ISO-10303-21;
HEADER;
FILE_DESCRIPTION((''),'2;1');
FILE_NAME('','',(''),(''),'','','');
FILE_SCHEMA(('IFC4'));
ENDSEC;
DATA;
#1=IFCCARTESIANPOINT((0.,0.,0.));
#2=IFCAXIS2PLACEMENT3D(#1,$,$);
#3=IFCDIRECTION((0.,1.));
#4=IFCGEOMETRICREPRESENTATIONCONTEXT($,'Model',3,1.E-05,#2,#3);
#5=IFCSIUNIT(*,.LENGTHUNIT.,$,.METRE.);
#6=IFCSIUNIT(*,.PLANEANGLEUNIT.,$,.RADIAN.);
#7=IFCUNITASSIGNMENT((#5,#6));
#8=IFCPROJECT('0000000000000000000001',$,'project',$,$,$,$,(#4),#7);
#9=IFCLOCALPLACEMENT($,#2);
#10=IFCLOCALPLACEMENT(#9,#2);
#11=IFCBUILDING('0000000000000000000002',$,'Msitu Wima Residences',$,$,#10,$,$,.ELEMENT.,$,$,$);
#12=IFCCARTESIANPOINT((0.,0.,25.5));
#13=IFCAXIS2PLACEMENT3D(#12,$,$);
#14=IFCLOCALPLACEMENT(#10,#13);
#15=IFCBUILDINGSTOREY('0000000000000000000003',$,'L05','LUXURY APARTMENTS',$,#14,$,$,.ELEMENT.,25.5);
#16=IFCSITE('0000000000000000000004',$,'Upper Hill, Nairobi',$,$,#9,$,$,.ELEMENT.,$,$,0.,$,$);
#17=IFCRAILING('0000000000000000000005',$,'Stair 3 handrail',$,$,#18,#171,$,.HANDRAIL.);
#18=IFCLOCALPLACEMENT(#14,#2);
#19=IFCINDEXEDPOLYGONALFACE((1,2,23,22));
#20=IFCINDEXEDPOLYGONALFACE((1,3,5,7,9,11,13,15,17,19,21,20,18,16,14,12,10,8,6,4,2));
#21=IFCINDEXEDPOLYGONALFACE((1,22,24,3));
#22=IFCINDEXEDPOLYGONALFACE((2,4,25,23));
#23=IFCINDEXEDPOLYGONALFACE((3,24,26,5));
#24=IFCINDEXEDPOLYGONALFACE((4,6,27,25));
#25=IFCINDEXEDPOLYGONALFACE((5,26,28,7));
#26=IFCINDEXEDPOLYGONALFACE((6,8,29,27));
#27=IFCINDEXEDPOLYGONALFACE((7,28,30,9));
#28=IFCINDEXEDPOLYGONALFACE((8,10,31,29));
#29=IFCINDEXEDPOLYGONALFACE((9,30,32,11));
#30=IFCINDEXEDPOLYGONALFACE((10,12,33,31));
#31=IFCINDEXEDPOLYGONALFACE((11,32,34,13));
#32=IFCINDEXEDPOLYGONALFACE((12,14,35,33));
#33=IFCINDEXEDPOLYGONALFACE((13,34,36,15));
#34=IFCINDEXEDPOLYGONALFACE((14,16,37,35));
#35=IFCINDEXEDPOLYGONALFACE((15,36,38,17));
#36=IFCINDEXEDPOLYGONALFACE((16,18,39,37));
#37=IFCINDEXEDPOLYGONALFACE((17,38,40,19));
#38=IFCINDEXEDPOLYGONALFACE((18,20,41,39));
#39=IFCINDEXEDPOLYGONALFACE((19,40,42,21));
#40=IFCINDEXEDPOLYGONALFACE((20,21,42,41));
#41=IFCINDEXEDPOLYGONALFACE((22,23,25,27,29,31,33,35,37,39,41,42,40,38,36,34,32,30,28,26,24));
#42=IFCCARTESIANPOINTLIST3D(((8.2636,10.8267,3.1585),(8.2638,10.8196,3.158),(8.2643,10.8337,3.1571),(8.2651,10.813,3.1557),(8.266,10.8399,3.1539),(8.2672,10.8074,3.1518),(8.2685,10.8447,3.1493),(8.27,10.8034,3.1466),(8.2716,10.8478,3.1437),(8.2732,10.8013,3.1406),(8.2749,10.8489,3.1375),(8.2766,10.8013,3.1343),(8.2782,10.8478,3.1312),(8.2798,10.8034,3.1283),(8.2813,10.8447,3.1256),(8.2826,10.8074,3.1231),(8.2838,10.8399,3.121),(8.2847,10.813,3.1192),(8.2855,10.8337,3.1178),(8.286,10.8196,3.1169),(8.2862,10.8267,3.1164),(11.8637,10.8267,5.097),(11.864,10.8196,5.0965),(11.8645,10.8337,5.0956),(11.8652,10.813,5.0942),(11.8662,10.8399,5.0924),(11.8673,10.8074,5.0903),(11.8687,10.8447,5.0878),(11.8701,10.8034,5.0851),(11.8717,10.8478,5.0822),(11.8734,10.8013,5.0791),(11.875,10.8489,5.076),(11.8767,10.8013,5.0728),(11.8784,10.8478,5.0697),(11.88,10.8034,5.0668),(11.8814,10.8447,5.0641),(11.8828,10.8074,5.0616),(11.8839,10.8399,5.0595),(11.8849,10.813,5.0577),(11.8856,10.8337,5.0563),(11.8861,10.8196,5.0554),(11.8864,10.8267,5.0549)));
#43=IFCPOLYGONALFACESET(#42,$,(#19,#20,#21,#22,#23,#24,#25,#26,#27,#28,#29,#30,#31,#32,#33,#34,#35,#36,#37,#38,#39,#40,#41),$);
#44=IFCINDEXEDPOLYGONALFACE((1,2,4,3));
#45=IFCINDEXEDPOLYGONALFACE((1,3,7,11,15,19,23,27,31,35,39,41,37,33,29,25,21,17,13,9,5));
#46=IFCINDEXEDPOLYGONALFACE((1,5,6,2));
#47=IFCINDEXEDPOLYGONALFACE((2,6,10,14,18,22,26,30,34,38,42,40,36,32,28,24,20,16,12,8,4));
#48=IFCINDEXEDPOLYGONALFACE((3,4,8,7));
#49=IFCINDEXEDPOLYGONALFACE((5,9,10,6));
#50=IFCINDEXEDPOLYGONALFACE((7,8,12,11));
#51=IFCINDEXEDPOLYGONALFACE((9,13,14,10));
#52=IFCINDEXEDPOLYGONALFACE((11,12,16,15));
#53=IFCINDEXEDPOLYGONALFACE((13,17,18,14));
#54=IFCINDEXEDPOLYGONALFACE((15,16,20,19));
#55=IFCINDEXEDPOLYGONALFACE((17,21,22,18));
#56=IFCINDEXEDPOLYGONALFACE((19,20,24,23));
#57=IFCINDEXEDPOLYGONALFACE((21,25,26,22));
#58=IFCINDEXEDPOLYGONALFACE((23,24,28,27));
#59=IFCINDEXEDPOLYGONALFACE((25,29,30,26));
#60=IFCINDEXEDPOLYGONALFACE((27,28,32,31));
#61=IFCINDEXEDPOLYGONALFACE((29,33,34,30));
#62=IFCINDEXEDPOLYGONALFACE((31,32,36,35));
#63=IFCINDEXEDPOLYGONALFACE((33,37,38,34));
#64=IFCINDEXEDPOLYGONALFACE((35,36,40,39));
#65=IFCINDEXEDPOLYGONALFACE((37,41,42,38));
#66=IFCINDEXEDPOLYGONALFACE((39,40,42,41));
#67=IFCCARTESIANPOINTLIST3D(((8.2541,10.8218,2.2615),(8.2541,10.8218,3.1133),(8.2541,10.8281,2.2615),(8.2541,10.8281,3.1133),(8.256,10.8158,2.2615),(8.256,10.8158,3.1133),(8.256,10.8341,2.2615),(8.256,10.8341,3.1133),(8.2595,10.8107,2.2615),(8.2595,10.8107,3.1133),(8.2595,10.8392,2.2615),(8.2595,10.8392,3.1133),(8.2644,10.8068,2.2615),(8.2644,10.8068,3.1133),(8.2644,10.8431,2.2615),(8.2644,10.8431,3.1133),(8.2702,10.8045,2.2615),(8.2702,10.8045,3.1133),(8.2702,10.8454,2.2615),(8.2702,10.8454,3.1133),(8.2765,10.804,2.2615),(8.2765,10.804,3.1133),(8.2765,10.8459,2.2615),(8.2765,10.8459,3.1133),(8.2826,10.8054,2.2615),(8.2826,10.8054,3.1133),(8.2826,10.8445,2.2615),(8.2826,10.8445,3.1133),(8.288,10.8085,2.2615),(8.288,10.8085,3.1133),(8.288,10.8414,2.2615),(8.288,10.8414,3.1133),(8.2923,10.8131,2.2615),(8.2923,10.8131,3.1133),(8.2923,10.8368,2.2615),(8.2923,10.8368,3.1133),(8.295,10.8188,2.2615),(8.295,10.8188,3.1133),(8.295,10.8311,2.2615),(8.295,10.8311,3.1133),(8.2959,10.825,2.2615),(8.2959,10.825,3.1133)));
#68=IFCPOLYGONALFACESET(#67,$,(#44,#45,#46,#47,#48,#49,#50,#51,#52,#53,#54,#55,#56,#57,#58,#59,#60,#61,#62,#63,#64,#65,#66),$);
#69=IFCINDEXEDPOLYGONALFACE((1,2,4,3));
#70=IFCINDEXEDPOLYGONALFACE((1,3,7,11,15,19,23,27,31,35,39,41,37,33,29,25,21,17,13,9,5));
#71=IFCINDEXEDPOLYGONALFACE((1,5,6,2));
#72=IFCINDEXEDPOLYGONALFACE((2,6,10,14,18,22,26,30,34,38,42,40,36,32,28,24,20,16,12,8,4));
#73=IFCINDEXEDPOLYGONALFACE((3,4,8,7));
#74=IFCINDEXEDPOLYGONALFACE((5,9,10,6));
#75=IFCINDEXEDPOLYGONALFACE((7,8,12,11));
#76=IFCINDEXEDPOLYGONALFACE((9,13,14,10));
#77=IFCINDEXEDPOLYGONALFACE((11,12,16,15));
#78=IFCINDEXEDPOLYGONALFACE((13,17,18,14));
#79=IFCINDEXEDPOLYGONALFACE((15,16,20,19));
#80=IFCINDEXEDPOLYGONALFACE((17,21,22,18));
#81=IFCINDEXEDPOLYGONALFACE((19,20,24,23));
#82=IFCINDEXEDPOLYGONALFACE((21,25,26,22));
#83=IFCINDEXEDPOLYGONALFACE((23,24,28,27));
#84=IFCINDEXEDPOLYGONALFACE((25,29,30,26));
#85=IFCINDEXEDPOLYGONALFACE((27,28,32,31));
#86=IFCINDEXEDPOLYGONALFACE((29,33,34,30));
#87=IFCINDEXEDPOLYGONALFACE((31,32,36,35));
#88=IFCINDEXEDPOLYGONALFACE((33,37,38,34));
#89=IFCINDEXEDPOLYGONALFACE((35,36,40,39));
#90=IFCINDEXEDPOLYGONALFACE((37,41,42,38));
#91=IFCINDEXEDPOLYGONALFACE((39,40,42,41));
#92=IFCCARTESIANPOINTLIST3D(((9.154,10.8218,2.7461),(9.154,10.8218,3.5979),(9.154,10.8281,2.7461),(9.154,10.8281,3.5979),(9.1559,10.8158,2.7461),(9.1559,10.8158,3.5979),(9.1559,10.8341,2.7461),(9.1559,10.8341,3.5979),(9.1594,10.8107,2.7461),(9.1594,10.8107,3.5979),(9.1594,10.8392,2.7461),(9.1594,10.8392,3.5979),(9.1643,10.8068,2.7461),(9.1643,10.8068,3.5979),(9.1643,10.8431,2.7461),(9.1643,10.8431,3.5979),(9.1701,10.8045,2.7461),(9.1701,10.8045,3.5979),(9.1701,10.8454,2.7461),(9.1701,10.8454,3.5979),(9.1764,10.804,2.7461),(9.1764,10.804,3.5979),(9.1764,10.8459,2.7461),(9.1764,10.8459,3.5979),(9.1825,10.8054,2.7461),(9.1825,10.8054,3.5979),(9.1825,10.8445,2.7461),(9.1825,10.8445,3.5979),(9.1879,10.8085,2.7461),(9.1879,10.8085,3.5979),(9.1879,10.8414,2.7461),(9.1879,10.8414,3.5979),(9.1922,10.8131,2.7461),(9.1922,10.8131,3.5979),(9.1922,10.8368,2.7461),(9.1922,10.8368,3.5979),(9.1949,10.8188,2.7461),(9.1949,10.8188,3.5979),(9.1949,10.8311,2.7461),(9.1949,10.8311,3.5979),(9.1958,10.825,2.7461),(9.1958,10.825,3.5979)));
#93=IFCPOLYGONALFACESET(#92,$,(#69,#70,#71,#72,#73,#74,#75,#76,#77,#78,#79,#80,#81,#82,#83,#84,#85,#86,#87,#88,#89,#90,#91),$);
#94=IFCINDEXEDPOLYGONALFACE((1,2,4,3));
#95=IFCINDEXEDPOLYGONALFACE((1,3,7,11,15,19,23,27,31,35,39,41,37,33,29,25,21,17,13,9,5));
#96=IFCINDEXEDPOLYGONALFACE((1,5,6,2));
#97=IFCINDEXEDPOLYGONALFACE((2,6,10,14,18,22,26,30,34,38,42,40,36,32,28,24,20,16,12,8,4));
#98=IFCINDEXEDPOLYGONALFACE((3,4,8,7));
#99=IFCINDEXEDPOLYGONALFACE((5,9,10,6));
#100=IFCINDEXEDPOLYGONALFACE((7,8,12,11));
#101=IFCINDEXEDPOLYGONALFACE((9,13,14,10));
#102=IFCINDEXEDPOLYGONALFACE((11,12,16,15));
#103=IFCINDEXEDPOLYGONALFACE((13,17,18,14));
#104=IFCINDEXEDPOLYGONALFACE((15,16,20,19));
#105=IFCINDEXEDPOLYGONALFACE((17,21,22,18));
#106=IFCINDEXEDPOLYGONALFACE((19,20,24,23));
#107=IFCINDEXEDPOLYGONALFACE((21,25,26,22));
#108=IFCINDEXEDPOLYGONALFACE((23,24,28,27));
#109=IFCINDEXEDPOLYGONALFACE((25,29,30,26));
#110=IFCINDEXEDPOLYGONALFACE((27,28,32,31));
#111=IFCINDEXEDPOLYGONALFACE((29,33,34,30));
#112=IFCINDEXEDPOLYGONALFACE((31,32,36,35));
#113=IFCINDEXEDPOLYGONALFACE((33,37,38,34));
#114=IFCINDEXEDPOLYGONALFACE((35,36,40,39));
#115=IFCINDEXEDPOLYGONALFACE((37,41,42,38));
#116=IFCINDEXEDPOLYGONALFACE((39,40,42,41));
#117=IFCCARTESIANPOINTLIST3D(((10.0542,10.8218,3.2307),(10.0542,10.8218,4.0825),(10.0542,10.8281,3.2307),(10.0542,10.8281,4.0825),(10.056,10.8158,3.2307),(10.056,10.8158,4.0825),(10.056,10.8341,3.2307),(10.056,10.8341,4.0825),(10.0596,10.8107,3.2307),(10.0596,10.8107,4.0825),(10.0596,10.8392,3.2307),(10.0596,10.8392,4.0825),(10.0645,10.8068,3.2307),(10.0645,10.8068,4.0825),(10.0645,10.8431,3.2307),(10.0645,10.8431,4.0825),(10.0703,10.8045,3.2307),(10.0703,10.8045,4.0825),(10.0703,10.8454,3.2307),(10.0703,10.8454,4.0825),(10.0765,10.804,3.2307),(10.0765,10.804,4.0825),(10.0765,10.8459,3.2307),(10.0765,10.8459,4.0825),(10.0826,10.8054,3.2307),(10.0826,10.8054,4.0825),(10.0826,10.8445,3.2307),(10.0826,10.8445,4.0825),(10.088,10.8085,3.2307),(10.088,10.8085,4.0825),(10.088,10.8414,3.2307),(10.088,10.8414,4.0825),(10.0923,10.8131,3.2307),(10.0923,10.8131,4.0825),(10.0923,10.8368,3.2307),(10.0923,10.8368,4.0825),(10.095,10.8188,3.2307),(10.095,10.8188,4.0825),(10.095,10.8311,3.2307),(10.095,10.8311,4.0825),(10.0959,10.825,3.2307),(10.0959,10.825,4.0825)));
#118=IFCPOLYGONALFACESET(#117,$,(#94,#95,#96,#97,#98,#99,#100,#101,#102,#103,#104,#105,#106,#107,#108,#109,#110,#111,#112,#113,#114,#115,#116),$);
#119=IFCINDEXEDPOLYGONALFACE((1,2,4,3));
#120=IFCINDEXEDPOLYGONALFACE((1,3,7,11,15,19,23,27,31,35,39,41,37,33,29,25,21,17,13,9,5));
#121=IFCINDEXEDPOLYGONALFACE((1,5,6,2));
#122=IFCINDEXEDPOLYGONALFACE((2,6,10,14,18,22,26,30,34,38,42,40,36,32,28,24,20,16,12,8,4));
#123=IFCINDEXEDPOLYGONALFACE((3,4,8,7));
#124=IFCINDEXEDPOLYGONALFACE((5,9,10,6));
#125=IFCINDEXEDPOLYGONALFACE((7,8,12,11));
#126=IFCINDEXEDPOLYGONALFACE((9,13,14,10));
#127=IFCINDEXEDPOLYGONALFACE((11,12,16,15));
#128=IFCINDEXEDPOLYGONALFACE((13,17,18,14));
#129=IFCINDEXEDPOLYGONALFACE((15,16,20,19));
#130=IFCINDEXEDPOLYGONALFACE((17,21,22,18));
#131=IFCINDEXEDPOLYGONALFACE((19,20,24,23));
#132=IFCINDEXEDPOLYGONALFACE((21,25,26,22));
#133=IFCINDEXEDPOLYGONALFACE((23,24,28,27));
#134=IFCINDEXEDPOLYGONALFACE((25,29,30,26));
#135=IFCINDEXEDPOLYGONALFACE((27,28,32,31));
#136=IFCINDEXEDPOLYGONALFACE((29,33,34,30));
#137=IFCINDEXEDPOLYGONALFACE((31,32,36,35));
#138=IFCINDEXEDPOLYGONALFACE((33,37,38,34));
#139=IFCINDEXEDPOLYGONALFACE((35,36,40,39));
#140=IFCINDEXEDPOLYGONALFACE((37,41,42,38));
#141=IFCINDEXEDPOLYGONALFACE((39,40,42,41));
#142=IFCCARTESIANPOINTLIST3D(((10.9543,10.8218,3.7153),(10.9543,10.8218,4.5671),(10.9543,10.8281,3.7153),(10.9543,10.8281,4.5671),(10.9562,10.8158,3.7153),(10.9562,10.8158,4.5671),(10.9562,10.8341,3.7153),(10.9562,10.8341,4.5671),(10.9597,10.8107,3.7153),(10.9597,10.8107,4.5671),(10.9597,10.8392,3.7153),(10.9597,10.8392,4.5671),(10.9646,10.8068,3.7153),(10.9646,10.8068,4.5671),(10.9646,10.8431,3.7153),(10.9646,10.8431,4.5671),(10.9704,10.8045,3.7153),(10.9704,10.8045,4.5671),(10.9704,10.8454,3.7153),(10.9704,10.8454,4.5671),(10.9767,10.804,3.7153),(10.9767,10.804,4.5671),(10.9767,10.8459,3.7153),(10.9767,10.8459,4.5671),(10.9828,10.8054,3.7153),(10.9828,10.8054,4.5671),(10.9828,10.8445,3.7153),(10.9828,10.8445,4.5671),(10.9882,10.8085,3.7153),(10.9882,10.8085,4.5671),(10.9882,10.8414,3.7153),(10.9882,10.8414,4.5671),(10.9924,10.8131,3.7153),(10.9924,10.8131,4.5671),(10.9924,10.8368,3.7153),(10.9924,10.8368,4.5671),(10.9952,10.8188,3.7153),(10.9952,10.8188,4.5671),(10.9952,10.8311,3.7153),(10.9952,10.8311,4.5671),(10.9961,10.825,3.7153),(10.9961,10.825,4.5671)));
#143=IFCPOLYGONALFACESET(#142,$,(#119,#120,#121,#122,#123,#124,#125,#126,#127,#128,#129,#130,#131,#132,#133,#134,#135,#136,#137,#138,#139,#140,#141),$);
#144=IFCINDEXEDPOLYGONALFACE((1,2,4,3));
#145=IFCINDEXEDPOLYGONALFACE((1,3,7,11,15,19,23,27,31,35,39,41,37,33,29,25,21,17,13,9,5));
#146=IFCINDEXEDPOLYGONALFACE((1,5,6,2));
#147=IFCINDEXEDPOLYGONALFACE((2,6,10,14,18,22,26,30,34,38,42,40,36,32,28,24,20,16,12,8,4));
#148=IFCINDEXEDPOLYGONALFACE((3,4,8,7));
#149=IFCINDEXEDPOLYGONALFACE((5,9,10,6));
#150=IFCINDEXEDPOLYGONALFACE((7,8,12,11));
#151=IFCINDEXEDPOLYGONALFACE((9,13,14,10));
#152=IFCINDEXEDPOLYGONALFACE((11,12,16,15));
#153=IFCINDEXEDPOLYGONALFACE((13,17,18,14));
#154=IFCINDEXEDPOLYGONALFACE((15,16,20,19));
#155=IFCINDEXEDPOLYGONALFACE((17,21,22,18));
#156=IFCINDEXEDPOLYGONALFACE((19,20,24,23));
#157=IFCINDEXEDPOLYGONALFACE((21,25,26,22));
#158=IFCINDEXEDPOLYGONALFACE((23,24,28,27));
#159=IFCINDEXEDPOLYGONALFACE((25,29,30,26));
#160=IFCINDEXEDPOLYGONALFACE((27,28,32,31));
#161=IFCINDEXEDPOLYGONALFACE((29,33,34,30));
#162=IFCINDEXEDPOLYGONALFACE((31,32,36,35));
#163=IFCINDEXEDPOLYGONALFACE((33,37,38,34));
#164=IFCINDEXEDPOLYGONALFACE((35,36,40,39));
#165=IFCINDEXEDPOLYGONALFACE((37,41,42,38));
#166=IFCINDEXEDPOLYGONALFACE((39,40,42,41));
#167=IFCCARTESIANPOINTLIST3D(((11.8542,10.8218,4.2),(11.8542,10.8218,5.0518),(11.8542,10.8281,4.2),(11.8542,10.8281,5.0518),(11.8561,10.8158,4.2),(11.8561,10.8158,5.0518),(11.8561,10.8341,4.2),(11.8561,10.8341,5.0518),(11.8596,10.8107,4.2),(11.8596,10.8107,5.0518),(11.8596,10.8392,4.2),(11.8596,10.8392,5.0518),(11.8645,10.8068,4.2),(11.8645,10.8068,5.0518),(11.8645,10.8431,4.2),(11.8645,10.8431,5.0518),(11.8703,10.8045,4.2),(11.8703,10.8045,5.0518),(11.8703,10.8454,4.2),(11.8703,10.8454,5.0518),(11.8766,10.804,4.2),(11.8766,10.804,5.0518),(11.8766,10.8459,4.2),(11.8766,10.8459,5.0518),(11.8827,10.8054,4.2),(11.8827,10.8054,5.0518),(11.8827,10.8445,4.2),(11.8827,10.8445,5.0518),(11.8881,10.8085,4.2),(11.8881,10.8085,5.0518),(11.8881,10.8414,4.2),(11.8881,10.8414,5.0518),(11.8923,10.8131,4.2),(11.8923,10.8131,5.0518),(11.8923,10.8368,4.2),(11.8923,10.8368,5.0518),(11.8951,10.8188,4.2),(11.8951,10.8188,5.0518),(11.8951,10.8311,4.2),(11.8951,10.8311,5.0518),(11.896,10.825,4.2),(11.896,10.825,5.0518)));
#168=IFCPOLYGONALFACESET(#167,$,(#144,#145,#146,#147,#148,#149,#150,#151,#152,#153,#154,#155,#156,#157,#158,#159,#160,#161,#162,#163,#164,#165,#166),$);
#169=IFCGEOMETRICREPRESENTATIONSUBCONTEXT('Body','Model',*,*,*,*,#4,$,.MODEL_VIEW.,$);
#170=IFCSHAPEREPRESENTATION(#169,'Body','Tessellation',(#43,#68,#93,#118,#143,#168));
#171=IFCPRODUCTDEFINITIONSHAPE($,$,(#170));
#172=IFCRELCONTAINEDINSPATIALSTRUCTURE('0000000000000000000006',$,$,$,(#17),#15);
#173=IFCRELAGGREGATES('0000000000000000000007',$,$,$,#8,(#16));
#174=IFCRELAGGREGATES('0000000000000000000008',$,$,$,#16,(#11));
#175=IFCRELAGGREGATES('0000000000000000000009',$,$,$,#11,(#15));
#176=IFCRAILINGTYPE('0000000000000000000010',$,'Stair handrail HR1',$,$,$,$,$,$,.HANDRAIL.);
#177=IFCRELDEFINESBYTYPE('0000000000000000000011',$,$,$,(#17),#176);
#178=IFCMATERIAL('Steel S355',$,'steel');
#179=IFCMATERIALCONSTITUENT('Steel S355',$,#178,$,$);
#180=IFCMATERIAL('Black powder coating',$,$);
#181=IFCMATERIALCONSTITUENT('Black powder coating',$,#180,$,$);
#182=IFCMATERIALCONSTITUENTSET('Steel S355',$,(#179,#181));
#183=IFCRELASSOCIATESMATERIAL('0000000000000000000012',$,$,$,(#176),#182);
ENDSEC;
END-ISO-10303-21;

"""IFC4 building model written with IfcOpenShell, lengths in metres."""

from ifc_helpers import new_model, si_unit, direction, frame, origin, origin_2d, place, context, subcontext, project, spatial, circle, extrude, material, constituent, constituent_set, type_object, element, save


model = new_model("IFC4")

# Units and contexts
model_context = context("Model", 3, precision=1e-05, world=origin(), true_north=direction((0.0, 1.0)))
body_context = subcontext(model_context, "Body", "Model", "MODEL_VIEW")
ifc_project = project(units=[si_unit("LENGTHUNIT", "METRE"), si_unit("PLANEANGLEUNIT", "RADIAN")], contexts=[model_context])

# Site, building, storey
site_placement = place(None, origin())
site = spatial("IfcSite", under=ifc_project, at=site_placement, Name="Upper Hill, Nairobi", CompositionType="ELEMENT", RefElevation=0.0)
building_placement = place(site_placement, origin())
building = spatial("IfcBuilding", under=site, at=building_placement, Name="Msitu Wima Residences", CompositionType="ELEMENT")
storey_placement = place(building_placement, frame((0.0, 0.0, 25.5)))
storey = spatial("IfcBuildingStorey", under=building, at=storey_placement, Name="L05", Description="LUXURY APARTMENTS", CompositionType="ELEMENT", Elevation=25.5)

# Railing
ifc_material_1 = material(Name="Steel S355", Category="steel")
ifc_constituent_1 = constituent(ifc_material_1, Name="Steel S355")
ifc_material_2 = material(Name="Black powder coating")
ifc_constituent_2 = constituent(ifc_material_2, Name="Black powder coating")
ifc_constituent_set = constituent_set(constituents=[ifc_constituent_1, ifc_constituent_2], Name="Steel S355")
railing_type = type_object("IfcRailingType", Name="Stair handrail HR1", PredefinedType="HANDRAIL", material=ifc_constituent_set)
railing_placement = place(storey_placement, frame((8.2749, 10.825, 2.2615)))
element("IfcRailing", 1, at=railing_placement, inside=storey, type_object=railing_type, Name="Stair 3 handrail", PredefinedType="HANDRAIL", context=body_context, shape_type="SweptSolid", body=[
    extrude(circle(Radius=0.0239, at=origin_2d()), frame((0.0, 0.0, 0.876), z_axis=(0.880475, 0.0, 0.474093), x_axis=(0.0, 1.0, 0.0)), (0.0, 0.0, 1.0), 4.0889),
    extrude(circle(Radius=0.021, at=origin_2d()), origin(), (0.0, 0.0, 1.0), 0.8518),
    extrude(circle(Radius=0.021, at=origin_2d()), frame((0.8999, 0.0, 0.4846)), (0.0, 0.0, 1.0), 0.8518),
    extrude(circle(Radius=0.021, at=origin_2d()), frame((1.8, 0.0, 0.9692)), (0.0, 0.0, 1.0), 0.8518),
    extrude(circle(Radius=0.021, at=origin_2d()), frame((2.7002, 0.0, 1.4539)), (0.0, 0.0, 1.0), 0.8518),
    extrude(circle(Radius=0.021, at=origin_2d()), frame((3.6001, 0.0, 1.9385)), (0.0, 0.0, 1.0), 0.8518),
])

save(model, "model.ifc")
